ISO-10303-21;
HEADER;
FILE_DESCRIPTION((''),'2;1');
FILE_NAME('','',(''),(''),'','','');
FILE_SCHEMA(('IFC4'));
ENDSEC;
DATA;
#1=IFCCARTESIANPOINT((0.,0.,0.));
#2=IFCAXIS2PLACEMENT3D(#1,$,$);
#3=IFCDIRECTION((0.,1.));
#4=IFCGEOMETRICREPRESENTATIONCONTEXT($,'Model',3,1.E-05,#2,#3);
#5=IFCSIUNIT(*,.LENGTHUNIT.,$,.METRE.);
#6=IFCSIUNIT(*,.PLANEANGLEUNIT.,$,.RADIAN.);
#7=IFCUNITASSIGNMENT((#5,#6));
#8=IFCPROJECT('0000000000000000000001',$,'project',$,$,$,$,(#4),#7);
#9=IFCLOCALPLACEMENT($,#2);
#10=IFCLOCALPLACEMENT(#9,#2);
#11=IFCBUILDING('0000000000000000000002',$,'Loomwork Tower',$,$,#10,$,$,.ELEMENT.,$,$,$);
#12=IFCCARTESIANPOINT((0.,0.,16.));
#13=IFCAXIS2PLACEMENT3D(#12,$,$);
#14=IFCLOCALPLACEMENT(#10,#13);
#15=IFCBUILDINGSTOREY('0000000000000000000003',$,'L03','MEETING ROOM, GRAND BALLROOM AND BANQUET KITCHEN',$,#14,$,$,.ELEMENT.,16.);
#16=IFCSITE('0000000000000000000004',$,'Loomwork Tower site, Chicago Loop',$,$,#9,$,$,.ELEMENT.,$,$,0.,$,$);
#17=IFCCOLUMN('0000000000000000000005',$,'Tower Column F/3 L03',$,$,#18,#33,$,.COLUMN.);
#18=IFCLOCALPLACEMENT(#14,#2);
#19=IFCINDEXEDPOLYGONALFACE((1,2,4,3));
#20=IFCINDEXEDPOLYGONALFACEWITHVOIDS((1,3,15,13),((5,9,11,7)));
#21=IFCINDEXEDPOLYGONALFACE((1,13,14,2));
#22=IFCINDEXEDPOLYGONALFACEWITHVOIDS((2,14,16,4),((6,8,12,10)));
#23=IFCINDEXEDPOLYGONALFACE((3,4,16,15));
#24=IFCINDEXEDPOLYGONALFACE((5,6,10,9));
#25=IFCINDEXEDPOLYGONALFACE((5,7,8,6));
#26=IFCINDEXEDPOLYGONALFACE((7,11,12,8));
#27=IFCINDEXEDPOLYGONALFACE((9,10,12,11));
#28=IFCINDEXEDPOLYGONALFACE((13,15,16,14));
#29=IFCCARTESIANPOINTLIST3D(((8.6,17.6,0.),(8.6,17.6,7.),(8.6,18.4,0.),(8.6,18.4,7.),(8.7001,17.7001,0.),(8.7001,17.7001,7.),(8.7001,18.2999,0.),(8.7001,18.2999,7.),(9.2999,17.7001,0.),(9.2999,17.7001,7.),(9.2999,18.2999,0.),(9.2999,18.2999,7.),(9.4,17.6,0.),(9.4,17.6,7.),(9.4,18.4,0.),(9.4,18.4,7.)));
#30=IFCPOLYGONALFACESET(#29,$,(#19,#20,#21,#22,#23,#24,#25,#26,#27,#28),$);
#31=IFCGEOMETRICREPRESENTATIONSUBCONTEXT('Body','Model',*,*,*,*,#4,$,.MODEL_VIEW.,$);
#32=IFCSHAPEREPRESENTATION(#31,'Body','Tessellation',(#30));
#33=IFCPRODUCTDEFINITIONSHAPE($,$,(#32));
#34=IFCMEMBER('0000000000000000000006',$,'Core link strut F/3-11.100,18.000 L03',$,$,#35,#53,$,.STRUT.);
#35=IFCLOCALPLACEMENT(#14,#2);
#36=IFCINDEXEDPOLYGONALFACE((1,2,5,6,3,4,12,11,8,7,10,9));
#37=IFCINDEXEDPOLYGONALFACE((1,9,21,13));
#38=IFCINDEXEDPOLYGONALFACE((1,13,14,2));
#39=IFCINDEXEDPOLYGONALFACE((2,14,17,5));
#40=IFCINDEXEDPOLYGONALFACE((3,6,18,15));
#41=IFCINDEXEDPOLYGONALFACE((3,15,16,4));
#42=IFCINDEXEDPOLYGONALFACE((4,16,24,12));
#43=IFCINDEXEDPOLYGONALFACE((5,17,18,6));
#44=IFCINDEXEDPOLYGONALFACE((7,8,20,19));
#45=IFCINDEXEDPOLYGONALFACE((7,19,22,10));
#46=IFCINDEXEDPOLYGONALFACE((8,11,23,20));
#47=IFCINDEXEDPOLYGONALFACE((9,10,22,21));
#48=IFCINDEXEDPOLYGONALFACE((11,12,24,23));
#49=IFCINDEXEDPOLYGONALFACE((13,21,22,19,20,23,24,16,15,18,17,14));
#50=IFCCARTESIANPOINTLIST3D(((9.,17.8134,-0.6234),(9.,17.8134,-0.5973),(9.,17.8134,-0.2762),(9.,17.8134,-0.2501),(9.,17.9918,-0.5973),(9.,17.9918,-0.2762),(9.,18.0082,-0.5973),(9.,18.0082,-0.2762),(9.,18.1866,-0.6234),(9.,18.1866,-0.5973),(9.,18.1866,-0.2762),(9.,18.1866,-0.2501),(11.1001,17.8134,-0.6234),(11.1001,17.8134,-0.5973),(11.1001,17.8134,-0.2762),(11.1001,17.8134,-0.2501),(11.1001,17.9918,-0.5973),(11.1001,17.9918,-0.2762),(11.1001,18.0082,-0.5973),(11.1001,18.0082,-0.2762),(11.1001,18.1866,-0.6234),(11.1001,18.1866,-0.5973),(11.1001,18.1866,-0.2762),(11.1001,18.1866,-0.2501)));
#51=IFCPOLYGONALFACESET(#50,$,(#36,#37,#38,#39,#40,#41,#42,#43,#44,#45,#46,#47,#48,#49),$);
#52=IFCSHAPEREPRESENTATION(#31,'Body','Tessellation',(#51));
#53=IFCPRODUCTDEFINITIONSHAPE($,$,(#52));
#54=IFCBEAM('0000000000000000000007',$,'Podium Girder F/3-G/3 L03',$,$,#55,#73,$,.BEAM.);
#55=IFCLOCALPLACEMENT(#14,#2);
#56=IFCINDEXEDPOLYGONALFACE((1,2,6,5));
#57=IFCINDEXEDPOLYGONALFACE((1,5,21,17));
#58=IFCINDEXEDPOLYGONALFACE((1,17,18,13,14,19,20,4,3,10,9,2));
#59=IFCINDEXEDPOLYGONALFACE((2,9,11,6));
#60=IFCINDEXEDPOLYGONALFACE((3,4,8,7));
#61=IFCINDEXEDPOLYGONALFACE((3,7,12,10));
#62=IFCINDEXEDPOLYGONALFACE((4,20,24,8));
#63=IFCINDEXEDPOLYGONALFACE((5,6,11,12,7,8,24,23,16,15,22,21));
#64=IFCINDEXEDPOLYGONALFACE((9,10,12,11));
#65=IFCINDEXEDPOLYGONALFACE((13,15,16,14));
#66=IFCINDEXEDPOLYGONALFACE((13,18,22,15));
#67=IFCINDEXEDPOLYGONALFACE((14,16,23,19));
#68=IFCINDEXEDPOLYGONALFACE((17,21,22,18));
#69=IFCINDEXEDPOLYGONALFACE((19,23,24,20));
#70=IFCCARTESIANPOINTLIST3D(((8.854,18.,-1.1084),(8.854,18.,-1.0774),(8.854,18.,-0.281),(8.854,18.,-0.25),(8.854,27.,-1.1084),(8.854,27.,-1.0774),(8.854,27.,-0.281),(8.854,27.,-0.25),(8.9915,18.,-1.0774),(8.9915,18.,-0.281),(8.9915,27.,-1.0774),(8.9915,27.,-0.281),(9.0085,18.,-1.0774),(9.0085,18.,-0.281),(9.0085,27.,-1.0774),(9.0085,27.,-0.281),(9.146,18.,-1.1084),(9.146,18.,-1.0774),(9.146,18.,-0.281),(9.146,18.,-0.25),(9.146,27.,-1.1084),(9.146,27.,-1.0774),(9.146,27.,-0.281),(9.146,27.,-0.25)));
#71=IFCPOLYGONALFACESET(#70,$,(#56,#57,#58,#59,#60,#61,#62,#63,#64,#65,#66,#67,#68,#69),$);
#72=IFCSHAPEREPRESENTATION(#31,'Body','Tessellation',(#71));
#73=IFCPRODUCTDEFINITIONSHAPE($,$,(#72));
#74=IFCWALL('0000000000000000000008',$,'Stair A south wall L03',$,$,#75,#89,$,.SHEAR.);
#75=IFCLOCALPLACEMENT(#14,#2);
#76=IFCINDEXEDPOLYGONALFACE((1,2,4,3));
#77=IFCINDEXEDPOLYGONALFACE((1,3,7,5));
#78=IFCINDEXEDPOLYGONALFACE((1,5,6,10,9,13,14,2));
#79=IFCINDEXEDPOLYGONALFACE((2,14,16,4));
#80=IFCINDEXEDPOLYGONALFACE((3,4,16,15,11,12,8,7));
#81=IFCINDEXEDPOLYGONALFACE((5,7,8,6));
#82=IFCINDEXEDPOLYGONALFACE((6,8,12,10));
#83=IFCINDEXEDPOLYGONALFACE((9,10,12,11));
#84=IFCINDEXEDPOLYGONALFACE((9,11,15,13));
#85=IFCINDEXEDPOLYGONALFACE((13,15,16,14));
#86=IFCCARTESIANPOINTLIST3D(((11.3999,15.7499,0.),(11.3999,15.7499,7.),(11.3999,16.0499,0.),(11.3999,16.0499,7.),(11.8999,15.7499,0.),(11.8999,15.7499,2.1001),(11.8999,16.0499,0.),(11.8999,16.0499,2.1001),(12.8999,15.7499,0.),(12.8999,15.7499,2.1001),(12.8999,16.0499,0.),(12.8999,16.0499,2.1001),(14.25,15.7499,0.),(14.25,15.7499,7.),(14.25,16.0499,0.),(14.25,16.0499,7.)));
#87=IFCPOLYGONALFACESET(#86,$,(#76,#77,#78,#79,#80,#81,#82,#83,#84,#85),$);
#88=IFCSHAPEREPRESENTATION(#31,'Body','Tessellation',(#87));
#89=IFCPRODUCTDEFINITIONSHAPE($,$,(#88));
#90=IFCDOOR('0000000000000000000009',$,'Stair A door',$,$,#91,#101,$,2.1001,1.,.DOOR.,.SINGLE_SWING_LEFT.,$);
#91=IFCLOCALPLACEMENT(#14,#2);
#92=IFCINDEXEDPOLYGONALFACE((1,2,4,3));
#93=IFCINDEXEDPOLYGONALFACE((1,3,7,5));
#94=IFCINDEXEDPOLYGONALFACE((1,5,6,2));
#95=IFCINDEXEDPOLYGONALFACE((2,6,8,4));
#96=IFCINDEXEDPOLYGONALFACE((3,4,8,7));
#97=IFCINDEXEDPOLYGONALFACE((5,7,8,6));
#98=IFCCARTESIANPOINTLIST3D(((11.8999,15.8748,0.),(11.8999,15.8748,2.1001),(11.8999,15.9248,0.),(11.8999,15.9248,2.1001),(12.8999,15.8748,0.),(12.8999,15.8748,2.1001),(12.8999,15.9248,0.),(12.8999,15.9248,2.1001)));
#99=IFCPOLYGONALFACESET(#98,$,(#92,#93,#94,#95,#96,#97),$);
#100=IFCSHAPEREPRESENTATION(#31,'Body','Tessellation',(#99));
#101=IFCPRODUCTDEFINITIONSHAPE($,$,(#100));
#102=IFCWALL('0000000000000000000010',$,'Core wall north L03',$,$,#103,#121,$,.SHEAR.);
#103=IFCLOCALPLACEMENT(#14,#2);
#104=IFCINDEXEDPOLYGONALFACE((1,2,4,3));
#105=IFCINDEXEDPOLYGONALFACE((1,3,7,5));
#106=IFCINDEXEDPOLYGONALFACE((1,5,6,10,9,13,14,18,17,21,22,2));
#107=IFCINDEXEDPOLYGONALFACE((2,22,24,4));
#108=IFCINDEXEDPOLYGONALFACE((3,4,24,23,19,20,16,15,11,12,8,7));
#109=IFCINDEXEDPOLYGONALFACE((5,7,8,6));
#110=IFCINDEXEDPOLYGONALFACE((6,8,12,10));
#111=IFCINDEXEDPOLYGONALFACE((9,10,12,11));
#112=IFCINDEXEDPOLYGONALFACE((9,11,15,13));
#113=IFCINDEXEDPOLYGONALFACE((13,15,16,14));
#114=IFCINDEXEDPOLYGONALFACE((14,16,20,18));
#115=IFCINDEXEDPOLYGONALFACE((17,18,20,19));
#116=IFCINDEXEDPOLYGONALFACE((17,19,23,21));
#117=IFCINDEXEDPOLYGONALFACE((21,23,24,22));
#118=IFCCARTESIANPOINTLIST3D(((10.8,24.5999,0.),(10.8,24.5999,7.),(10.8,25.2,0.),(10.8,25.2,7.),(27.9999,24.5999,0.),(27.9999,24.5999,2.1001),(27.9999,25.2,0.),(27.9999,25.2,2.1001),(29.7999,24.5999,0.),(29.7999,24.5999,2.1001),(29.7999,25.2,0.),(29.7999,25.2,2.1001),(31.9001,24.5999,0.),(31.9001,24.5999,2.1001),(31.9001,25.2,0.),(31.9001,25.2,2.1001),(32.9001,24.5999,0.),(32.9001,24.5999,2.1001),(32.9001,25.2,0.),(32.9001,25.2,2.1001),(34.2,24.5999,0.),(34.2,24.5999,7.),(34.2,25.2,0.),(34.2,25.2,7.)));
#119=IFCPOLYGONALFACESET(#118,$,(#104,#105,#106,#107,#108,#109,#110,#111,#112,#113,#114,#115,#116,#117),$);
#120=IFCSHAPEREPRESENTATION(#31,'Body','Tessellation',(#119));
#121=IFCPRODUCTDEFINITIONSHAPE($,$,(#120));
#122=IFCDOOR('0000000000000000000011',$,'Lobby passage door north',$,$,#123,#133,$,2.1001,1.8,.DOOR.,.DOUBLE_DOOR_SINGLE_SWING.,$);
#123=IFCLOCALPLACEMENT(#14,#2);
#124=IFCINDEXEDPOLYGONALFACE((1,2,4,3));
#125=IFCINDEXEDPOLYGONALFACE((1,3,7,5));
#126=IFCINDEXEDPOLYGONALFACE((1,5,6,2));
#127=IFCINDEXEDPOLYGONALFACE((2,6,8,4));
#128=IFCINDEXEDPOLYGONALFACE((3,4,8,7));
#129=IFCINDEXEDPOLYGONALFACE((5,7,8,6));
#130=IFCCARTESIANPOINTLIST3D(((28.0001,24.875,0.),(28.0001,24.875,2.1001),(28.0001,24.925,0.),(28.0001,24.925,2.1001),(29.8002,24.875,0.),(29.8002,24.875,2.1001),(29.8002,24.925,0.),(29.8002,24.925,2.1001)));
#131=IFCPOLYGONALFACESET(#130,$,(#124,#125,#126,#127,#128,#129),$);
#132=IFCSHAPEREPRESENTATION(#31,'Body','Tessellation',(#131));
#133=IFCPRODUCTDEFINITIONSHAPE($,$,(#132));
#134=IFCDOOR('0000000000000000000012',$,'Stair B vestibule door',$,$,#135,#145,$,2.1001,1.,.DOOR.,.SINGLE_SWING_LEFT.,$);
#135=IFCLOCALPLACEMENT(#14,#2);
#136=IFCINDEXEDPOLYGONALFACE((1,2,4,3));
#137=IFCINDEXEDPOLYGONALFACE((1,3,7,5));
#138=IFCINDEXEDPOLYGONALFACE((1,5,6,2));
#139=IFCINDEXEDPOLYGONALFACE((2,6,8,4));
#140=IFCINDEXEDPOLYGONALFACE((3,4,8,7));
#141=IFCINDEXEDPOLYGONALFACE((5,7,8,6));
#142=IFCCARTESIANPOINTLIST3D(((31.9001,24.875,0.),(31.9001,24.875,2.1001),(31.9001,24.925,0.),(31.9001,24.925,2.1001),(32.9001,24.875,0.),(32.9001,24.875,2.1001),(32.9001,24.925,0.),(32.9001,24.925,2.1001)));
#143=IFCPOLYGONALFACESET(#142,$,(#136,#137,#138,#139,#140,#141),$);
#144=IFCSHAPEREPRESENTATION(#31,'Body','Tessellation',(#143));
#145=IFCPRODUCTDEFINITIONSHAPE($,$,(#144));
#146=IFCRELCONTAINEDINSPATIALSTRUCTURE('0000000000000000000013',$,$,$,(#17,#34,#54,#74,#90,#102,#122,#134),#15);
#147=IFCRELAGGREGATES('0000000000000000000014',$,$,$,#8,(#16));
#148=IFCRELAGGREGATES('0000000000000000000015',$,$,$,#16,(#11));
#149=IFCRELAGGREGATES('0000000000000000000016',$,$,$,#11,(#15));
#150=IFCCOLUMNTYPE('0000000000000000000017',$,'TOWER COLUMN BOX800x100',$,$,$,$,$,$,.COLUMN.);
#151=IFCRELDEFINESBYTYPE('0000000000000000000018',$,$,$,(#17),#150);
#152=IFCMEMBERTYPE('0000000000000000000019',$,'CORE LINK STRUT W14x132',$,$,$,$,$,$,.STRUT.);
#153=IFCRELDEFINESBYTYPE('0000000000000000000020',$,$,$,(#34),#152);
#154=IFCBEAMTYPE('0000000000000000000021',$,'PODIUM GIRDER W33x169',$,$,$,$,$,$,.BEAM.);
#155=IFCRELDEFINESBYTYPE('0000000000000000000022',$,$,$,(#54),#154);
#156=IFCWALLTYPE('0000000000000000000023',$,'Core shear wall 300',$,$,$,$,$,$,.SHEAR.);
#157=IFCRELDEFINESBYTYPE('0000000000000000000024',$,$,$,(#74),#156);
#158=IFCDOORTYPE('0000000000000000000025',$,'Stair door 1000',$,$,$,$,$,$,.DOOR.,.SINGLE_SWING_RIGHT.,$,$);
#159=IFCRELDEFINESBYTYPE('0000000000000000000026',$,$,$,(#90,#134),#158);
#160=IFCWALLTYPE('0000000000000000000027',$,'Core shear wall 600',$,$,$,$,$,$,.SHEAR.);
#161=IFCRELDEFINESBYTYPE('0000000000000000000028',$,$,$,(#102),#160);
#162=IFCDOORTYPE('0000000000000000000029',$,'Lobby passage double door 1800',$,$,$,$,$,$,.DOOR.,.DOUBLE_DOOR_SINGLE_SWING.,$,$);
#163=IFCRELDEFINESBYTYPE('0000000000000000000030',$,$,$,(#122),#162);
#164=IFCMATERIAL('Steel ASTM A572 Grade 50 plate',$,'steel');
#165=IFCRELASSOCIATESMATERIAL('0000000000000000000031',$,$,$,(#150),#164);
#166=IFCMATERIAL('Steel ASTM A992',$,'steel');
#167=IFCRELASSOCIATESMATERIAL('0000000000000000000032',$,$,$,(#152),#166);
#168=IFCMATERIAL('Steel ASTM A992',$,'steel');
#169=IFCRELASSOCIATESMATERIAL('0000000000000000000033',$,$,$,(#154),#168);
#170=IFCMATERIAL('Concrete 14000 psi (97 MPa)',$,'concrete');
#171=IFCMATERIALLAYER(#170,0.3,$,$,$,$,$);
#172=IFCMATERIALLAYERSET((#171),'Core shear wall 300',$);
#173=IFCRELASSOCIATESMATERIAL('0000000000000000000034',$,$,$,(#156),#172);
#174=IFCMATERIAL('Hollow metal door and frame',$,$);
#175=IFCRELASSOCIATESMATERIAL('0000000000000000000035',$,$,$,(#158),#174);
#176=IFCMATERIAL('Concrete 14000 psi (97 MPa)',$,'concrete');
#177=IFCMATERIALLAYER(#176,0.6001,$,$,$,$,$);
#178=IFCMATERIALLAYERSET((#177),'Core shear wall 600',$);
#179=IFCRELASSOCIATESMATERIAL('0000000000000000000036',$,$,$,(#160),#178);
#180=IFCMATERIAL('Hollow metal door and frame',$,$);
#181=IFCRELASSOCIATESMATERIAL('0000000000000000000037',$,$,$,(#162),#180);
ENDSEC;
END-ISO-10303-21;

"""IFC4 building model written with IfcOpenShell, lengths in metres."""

from ifc_helpers import new_model, si_unit, direction, frame, frame_2d, origin, origin_2d, place, context, subcontext, project, spatial, rectangle, hollow_rectangle, i_section, extrude, material, layer, layer_set, material_profile, profile_set, type_object, element, fill, save


model = new_model("IFC4")

# Units and contexts
model_context = context("Model", 3, precision=1e-05, world=origin(), true_north=direction((0.0, 1.0)))
body_context = subcontext(model_context, "Body", "Model", "MODEL_VIEW")
ifc_project = project(units=[si_unit("LENGTHUNIT", "METRE"), si_unit("PLANEANGLEUNIT", "RADIAN")], contexts=[model_context])

# Site, building, storey
site_placement = place(None, origin())
site = spatial("IfcSite", under=ifc_project, at=site_placement, Name="Loomwork Tower site, Chicago Loop", CompositionType="ELEMENT", RefElevation=0.0)
building_placement = place(site_placement, origin())
building = spatial("IfcBuilding", under=site, at=building_placement, Name="Loomwork Tower", CompositionType="ELEMENT")
storey_placement = place(building_placement, frame((0.0, 0.0, 16.0)))
storey = spatial("IfcBuildingStorey", under=building, at=storey_placement, Name="L03", Description="MEETING ROOM, GRAND BALLROOM AND BANQUET KITCHEN", CompositionType="ELEMENT", Elevation=16.0)

# Column
ifc_material_1 = material(Name="Steel ASTM A572 Grade 50 plate", Category="steel")
ifc_material_profile_1 = material_profile(ifc_material_1, hollow_rectangle(XDim=0.8, YDim=0.8, WallThickness=0.1001, at=origin_2d()), Name="BOX800x100")
ifc_profile_set_1 = profile_set([ifc_material_profile_1], Name="Steel ASTM A572 Grade 50 plate")
column_type = type_object("IfcColumnType", Name="TOWER COLUMN BOX800x100", PredefinedType="COLUMN", material=ifc_profile_set_1)
column_placement = place(storey_placement, frame((9.0, 18.0, 0.0), z_axis=(0.0, 0.0, 1.0), x_axis=(1.0, 0.0, 0.0)))
element("IfcColumn", 1, at=column_placement, inside=storey, type_object=column_type, Name="Tower Column F/3 L03", PredefinedType="COLUMN", context=body_context, shape_type="SweptSolid", body=[
    extrude(hollow_rectangle(XDim=0.8, YDim=0.8, WallThickness=0.1001, at=origin_2d()), origin(), (0.0, 0.0, 1.0), 7.0),
])

# Member
ifc_material_2 = material(Name="Steel ASTM A992", Category="steel")
ifc_material_profile_2 = material_profile(ifc_material_2, i_section(OverallWidth=0.3733, OverallDepth=0.3733, WebThickness=0.0164, FlangeThickness=0.0261, at=origin_2d()), Name="W14x132")
ifc_profile_set_2 = profile_set([ifc_material_profile_2], Name="Steel ASTM A992")
member_type = type_object("IfcMemberType", Name="CORE LINK STRUT W14x132", PredefinedType="STRUT", material=ifc_profile_set_2)
member_placement = place(storey_placement, frame((9.0, 18.0, -0.4368), z_axis=(1.0, 0.0, 0.0), x_axis=(0.0, 1.0, 0.0)))
element("IfcMember", 2, at=member_placement, inside=storey, type_object=member_type, Name="Core link strut F/3-11.100,18.000 L03", PredefinedType="STRUT", context=body_context, shape_type="SweptSolid", body=[
    extrude(i_section(OverallWidth=0.3733, OverallDepth=0.3733, WebThickness=0.0164, FlangeThickness=0.0261, at=origin_2d()), origin(), (0.0, 0.0, 1.0), 2.1001),
])

# Beam
ifc_material_3 = material(Name="Steel ASTM A992", Category="steel")
ifc_material_profile_3 = material_profile(ifc_material_3, i_section(OverallWidth=0.292, OverallDepth=0.8584, WebThickness=0.0171, FlangeThickness=0.031, at=origin_2d()), Name="W33x169")
ifc_profile_set_3 = profile_set([ifc_material_profile_3], Name="Steel ASTM A992")
beam_type = type_object("IfcBeamType", Name="PODIUM GIRDER W33x169", PredefinedType="BEAM", material=ifc_profile_set_3)
beam_placement = place(storey_placement, frame((9.0, 18.0, -0.6792), z_axis=(0.0, 1.0, 0.0), x_axis=(-1.0, 0.0, 0.0)))
element("IfcBeam", 3, at=beam_placement, inside=storey, type_object=beam_type, Name="Podium Girder F/3-G/3 L03", PredefinedType="BEAM", context=body_context, shape_type="SweptSolid", body=[
    extrude(i_section(OverallWidth=0.292, OverallDepth=0.8584, WebThickness=0.0171, FlangeThickness=0.031, at=origin_2d()), origin(), (0.0, 0.0, 1.0), 9.0),
])

# Wall, opening, door
ifc_material_4 = material(Name="Concrete 14000 psi (97 MPa)", Category="concrete")
ifc_layer_1 = layer(ifc_material_4, 0.3)
ifc_layer_set_1 = layer_set([ifc_layer_1], Name="Core shear wall 300")
wall_type_1 = type_object("IfcWallType", Name="Core shear wall 300", PredefinedType="SHEAR", material=ifc_layer_set_1)
wall_1_placement = place(storey_placement, frame((11.3999, 15.8999, 0.0), z_axis=(0.0, 0.0, 1.0), x_axis=(1.0, 0.0, 0.0)))
wall_1 = element("IfcWall", 4, at=wall_1_placement, inside=storey, type_object=wall_type_1, Name="Stair A south wall L03", PredefinedType="SHEAR", context=body_context, shape_type="SweptSolid", body=[
    extrude(rectangle(XDim=2.8501, YDim=0.3, at=frame_2d((1.425, 0.0))), origin(), (0.0, 0.0, 1.0), 7.0),
])
opening_1_placement = place(wall_1_placement, frame((0.5, 0.0, 0.0)))
opening_1 = element("IfcOpeningElement", 5, at=opening_1_placement, cuts=wall_1, PredefinedType="OPENING", context=body_context, shape_type="SweptSolid", body=[
    extrude(rectangle(XDim=1.0, YDim=2.1001, at=frame_2d((0.5, 1.05))), frame((0.0, 0.1599, 0.0), z_axis=(0.0, -1.0, 0.0), x_axis=(1.0, 0.0, 0.0)), (0.0, 0.0, 1.0), 0.3201),
])
ifc_material_5 = material(Name="Hollow metal door and frame")
door_type_1 = type_object("IfcDoorType", Name="Stair door 1000", OperationType="SINGLE_SWING_RIGHT", PredefinedType="DOOR", material=ifc_material_5)
door_1_placement = place(opening_1_placement, origin())
door_1 = element("IfcDoor", 6, at=door_1_placement, inside=storey, type_object=door_type_1, Name="Stair A door", OperationType="SINGLE_SWING_LEFT", OverallHeight=2.1001, OverallWidth=1.0, PredefinedType="DOOR", context=body_context, shape_type="SweptSolid", body=[
    extrude(rectangle(XDim=1.0, YDim=2.1001, at=frame_2d((0.5, 1.05))), frame((0.0, 0.0249, 0.0), z_axis=(0.0, -1.0, 0.0), x_axis=(1.0, 0.0, 0.0)), (0.0, 0.0, 1.0), 0.05),
])
fill(opening_1, door_1)

# Wall, openings, doors
ifc_material_6 = material(Name="Concrete 14000 psi (97 MPa)", Category="concrete")
ifc_layer_2 = layer(ifc_material_6, 0.6001)
ifc_layer_set_2 = layer_set([ifc_layer_2], Name="Core shear wall 600")
wall_type_2 = type_object("IfcWallType", Name="Core shear wall 600", PredefinedType="SHEAR", material=ifc_layer_set_2)
wall_2_placement = place(storey_placement, frame((10.8, 24.8999, 0.0), z_axis=(0.0, 0.0, 1.0), x_axis=(1.0, 0.0, 0.0)))
wall_2 = element("IfcWall", 7, at=wall_2_placement, inside=storey, type_object=wall_type_2, Name="Core wall north L03", PredefinedType="SHEAR", context=body_context, shape_type="SweptSolid", body=[
    extrude(rectangle(XDim=23.3999, YDim=0.6001, at=frame_2d((11.7, 0.0))), origin(), (0.0, 0.0, 1.0), 7.0),
])
opening_2_placement = place(wall_2_placement, frame((17.2, 0.0, 0.0)))
opening_2 = element("IfcOpeningElement", 8, at=opening_2_placement, cuts=wall_2, PredefinedType="OPENING", context=body_context, shape_type="SweptSolid", body=[
    extrude(rectangle(XDim=1.8, YDim=2.1001, at=frame_2d((0.8999, 1.05))), frame((0.0, 0.3101, 0.0), z_axis=(0.0, -1.0, 0.0), x_axis=(1.0, 0.0, 0.0)), (0.0, 0.0, 1.0), 0.6201),
])
opening_3_placement = place(wall_2_placement, frame((21.1001, 0.0, 0.0)))
opening_3 = element("IfcOpeningElement", 9, at=opening_3_placement, cuts=wall_2, PredefinedType="OPENING", context=body_context, shape_type="SweptSolid", body=[
    extrude(rectangle(XDim=1.0, YDim=2.1001, at=frame_2d((0.5, 1.05))), frame((0.0, 0.3101, 0.0), z_axis=(0.0, -1.0, 0.0), x_axis=(1.0, 0.0, 0.0)), (0.0, 0.0, 1.0), 0.6201),
])
ifc_material_7 = material(Name="Hollow metal door and frame")
door_type_2 = type_object("IfcDoorType", Name="Lobby passage double door 1800", OperationType="DOUBLE_DOOR_SINGLE_SWING", PredefinedType="DOOR", material=ifc_material_7)
door_2_placement = place(opening_2_placement, frame((1.8, 0.0, 0.0), z_axis=(0.0, 0.0, 1.0), x_axis=(-1.0, 0.0, 0.0)))
door_2 = element("IfcDoor", 10, at=door_2_placement, inside=storey, type_object=door_type_2, Name="Lobby passage door north", OperationType="DOUBLE_DOOR_SINGLE_SWING", OverallHeight=2.1001, OverallWidth=1.8, PredefinedType="DOOR", context=body_context, shape_type="SweptSolid", body=[
    extrude(rectangle(XDim=1.8, YDim=2.1001, at=frame_2d((0.8999, 1.05))), frame((0.0, 0.0249, 0.0), z_axis=(0.0, -1.0, 0.0), x_axis=(1.0, 0.0, 0.0)), (0.0, 0.0, 1.0), 0.05),
])
fill(opening_2, door_2)
door_3_placement = place(opening_3_placement, frame((1.0, 0.0, 0.0), z_axis=(0.0, 0.0, 1.0), x_axis=(-1.0, 0.0, 0.0)))
door_3 = element("IfcDoor", 11, at=door_3_placement, inside=storey, type_object=door_type_1, Name="Stair B vestibule door", OperationType="SINGLE_SWING_LEFT", OverallHeight=2.1001, OverallWidth=1.0, PredefinedType="DOOR", context=body_context, shape_type="SweptSolid", body=[
    extrude(rectangle(XDim=1.0, YDim=2.1001, at=frame_2d((0.5, 1.05))), frame((0.0, 0.0249, 0.0), z_axis=(0.0, -1.0, 0.0), x_axis=(1.0, 0.0, 0.0)), (0.0, 0.0, 1.0), 0.05),
])
fill(opening_3, door_3)

save(model, "model.ifc")
